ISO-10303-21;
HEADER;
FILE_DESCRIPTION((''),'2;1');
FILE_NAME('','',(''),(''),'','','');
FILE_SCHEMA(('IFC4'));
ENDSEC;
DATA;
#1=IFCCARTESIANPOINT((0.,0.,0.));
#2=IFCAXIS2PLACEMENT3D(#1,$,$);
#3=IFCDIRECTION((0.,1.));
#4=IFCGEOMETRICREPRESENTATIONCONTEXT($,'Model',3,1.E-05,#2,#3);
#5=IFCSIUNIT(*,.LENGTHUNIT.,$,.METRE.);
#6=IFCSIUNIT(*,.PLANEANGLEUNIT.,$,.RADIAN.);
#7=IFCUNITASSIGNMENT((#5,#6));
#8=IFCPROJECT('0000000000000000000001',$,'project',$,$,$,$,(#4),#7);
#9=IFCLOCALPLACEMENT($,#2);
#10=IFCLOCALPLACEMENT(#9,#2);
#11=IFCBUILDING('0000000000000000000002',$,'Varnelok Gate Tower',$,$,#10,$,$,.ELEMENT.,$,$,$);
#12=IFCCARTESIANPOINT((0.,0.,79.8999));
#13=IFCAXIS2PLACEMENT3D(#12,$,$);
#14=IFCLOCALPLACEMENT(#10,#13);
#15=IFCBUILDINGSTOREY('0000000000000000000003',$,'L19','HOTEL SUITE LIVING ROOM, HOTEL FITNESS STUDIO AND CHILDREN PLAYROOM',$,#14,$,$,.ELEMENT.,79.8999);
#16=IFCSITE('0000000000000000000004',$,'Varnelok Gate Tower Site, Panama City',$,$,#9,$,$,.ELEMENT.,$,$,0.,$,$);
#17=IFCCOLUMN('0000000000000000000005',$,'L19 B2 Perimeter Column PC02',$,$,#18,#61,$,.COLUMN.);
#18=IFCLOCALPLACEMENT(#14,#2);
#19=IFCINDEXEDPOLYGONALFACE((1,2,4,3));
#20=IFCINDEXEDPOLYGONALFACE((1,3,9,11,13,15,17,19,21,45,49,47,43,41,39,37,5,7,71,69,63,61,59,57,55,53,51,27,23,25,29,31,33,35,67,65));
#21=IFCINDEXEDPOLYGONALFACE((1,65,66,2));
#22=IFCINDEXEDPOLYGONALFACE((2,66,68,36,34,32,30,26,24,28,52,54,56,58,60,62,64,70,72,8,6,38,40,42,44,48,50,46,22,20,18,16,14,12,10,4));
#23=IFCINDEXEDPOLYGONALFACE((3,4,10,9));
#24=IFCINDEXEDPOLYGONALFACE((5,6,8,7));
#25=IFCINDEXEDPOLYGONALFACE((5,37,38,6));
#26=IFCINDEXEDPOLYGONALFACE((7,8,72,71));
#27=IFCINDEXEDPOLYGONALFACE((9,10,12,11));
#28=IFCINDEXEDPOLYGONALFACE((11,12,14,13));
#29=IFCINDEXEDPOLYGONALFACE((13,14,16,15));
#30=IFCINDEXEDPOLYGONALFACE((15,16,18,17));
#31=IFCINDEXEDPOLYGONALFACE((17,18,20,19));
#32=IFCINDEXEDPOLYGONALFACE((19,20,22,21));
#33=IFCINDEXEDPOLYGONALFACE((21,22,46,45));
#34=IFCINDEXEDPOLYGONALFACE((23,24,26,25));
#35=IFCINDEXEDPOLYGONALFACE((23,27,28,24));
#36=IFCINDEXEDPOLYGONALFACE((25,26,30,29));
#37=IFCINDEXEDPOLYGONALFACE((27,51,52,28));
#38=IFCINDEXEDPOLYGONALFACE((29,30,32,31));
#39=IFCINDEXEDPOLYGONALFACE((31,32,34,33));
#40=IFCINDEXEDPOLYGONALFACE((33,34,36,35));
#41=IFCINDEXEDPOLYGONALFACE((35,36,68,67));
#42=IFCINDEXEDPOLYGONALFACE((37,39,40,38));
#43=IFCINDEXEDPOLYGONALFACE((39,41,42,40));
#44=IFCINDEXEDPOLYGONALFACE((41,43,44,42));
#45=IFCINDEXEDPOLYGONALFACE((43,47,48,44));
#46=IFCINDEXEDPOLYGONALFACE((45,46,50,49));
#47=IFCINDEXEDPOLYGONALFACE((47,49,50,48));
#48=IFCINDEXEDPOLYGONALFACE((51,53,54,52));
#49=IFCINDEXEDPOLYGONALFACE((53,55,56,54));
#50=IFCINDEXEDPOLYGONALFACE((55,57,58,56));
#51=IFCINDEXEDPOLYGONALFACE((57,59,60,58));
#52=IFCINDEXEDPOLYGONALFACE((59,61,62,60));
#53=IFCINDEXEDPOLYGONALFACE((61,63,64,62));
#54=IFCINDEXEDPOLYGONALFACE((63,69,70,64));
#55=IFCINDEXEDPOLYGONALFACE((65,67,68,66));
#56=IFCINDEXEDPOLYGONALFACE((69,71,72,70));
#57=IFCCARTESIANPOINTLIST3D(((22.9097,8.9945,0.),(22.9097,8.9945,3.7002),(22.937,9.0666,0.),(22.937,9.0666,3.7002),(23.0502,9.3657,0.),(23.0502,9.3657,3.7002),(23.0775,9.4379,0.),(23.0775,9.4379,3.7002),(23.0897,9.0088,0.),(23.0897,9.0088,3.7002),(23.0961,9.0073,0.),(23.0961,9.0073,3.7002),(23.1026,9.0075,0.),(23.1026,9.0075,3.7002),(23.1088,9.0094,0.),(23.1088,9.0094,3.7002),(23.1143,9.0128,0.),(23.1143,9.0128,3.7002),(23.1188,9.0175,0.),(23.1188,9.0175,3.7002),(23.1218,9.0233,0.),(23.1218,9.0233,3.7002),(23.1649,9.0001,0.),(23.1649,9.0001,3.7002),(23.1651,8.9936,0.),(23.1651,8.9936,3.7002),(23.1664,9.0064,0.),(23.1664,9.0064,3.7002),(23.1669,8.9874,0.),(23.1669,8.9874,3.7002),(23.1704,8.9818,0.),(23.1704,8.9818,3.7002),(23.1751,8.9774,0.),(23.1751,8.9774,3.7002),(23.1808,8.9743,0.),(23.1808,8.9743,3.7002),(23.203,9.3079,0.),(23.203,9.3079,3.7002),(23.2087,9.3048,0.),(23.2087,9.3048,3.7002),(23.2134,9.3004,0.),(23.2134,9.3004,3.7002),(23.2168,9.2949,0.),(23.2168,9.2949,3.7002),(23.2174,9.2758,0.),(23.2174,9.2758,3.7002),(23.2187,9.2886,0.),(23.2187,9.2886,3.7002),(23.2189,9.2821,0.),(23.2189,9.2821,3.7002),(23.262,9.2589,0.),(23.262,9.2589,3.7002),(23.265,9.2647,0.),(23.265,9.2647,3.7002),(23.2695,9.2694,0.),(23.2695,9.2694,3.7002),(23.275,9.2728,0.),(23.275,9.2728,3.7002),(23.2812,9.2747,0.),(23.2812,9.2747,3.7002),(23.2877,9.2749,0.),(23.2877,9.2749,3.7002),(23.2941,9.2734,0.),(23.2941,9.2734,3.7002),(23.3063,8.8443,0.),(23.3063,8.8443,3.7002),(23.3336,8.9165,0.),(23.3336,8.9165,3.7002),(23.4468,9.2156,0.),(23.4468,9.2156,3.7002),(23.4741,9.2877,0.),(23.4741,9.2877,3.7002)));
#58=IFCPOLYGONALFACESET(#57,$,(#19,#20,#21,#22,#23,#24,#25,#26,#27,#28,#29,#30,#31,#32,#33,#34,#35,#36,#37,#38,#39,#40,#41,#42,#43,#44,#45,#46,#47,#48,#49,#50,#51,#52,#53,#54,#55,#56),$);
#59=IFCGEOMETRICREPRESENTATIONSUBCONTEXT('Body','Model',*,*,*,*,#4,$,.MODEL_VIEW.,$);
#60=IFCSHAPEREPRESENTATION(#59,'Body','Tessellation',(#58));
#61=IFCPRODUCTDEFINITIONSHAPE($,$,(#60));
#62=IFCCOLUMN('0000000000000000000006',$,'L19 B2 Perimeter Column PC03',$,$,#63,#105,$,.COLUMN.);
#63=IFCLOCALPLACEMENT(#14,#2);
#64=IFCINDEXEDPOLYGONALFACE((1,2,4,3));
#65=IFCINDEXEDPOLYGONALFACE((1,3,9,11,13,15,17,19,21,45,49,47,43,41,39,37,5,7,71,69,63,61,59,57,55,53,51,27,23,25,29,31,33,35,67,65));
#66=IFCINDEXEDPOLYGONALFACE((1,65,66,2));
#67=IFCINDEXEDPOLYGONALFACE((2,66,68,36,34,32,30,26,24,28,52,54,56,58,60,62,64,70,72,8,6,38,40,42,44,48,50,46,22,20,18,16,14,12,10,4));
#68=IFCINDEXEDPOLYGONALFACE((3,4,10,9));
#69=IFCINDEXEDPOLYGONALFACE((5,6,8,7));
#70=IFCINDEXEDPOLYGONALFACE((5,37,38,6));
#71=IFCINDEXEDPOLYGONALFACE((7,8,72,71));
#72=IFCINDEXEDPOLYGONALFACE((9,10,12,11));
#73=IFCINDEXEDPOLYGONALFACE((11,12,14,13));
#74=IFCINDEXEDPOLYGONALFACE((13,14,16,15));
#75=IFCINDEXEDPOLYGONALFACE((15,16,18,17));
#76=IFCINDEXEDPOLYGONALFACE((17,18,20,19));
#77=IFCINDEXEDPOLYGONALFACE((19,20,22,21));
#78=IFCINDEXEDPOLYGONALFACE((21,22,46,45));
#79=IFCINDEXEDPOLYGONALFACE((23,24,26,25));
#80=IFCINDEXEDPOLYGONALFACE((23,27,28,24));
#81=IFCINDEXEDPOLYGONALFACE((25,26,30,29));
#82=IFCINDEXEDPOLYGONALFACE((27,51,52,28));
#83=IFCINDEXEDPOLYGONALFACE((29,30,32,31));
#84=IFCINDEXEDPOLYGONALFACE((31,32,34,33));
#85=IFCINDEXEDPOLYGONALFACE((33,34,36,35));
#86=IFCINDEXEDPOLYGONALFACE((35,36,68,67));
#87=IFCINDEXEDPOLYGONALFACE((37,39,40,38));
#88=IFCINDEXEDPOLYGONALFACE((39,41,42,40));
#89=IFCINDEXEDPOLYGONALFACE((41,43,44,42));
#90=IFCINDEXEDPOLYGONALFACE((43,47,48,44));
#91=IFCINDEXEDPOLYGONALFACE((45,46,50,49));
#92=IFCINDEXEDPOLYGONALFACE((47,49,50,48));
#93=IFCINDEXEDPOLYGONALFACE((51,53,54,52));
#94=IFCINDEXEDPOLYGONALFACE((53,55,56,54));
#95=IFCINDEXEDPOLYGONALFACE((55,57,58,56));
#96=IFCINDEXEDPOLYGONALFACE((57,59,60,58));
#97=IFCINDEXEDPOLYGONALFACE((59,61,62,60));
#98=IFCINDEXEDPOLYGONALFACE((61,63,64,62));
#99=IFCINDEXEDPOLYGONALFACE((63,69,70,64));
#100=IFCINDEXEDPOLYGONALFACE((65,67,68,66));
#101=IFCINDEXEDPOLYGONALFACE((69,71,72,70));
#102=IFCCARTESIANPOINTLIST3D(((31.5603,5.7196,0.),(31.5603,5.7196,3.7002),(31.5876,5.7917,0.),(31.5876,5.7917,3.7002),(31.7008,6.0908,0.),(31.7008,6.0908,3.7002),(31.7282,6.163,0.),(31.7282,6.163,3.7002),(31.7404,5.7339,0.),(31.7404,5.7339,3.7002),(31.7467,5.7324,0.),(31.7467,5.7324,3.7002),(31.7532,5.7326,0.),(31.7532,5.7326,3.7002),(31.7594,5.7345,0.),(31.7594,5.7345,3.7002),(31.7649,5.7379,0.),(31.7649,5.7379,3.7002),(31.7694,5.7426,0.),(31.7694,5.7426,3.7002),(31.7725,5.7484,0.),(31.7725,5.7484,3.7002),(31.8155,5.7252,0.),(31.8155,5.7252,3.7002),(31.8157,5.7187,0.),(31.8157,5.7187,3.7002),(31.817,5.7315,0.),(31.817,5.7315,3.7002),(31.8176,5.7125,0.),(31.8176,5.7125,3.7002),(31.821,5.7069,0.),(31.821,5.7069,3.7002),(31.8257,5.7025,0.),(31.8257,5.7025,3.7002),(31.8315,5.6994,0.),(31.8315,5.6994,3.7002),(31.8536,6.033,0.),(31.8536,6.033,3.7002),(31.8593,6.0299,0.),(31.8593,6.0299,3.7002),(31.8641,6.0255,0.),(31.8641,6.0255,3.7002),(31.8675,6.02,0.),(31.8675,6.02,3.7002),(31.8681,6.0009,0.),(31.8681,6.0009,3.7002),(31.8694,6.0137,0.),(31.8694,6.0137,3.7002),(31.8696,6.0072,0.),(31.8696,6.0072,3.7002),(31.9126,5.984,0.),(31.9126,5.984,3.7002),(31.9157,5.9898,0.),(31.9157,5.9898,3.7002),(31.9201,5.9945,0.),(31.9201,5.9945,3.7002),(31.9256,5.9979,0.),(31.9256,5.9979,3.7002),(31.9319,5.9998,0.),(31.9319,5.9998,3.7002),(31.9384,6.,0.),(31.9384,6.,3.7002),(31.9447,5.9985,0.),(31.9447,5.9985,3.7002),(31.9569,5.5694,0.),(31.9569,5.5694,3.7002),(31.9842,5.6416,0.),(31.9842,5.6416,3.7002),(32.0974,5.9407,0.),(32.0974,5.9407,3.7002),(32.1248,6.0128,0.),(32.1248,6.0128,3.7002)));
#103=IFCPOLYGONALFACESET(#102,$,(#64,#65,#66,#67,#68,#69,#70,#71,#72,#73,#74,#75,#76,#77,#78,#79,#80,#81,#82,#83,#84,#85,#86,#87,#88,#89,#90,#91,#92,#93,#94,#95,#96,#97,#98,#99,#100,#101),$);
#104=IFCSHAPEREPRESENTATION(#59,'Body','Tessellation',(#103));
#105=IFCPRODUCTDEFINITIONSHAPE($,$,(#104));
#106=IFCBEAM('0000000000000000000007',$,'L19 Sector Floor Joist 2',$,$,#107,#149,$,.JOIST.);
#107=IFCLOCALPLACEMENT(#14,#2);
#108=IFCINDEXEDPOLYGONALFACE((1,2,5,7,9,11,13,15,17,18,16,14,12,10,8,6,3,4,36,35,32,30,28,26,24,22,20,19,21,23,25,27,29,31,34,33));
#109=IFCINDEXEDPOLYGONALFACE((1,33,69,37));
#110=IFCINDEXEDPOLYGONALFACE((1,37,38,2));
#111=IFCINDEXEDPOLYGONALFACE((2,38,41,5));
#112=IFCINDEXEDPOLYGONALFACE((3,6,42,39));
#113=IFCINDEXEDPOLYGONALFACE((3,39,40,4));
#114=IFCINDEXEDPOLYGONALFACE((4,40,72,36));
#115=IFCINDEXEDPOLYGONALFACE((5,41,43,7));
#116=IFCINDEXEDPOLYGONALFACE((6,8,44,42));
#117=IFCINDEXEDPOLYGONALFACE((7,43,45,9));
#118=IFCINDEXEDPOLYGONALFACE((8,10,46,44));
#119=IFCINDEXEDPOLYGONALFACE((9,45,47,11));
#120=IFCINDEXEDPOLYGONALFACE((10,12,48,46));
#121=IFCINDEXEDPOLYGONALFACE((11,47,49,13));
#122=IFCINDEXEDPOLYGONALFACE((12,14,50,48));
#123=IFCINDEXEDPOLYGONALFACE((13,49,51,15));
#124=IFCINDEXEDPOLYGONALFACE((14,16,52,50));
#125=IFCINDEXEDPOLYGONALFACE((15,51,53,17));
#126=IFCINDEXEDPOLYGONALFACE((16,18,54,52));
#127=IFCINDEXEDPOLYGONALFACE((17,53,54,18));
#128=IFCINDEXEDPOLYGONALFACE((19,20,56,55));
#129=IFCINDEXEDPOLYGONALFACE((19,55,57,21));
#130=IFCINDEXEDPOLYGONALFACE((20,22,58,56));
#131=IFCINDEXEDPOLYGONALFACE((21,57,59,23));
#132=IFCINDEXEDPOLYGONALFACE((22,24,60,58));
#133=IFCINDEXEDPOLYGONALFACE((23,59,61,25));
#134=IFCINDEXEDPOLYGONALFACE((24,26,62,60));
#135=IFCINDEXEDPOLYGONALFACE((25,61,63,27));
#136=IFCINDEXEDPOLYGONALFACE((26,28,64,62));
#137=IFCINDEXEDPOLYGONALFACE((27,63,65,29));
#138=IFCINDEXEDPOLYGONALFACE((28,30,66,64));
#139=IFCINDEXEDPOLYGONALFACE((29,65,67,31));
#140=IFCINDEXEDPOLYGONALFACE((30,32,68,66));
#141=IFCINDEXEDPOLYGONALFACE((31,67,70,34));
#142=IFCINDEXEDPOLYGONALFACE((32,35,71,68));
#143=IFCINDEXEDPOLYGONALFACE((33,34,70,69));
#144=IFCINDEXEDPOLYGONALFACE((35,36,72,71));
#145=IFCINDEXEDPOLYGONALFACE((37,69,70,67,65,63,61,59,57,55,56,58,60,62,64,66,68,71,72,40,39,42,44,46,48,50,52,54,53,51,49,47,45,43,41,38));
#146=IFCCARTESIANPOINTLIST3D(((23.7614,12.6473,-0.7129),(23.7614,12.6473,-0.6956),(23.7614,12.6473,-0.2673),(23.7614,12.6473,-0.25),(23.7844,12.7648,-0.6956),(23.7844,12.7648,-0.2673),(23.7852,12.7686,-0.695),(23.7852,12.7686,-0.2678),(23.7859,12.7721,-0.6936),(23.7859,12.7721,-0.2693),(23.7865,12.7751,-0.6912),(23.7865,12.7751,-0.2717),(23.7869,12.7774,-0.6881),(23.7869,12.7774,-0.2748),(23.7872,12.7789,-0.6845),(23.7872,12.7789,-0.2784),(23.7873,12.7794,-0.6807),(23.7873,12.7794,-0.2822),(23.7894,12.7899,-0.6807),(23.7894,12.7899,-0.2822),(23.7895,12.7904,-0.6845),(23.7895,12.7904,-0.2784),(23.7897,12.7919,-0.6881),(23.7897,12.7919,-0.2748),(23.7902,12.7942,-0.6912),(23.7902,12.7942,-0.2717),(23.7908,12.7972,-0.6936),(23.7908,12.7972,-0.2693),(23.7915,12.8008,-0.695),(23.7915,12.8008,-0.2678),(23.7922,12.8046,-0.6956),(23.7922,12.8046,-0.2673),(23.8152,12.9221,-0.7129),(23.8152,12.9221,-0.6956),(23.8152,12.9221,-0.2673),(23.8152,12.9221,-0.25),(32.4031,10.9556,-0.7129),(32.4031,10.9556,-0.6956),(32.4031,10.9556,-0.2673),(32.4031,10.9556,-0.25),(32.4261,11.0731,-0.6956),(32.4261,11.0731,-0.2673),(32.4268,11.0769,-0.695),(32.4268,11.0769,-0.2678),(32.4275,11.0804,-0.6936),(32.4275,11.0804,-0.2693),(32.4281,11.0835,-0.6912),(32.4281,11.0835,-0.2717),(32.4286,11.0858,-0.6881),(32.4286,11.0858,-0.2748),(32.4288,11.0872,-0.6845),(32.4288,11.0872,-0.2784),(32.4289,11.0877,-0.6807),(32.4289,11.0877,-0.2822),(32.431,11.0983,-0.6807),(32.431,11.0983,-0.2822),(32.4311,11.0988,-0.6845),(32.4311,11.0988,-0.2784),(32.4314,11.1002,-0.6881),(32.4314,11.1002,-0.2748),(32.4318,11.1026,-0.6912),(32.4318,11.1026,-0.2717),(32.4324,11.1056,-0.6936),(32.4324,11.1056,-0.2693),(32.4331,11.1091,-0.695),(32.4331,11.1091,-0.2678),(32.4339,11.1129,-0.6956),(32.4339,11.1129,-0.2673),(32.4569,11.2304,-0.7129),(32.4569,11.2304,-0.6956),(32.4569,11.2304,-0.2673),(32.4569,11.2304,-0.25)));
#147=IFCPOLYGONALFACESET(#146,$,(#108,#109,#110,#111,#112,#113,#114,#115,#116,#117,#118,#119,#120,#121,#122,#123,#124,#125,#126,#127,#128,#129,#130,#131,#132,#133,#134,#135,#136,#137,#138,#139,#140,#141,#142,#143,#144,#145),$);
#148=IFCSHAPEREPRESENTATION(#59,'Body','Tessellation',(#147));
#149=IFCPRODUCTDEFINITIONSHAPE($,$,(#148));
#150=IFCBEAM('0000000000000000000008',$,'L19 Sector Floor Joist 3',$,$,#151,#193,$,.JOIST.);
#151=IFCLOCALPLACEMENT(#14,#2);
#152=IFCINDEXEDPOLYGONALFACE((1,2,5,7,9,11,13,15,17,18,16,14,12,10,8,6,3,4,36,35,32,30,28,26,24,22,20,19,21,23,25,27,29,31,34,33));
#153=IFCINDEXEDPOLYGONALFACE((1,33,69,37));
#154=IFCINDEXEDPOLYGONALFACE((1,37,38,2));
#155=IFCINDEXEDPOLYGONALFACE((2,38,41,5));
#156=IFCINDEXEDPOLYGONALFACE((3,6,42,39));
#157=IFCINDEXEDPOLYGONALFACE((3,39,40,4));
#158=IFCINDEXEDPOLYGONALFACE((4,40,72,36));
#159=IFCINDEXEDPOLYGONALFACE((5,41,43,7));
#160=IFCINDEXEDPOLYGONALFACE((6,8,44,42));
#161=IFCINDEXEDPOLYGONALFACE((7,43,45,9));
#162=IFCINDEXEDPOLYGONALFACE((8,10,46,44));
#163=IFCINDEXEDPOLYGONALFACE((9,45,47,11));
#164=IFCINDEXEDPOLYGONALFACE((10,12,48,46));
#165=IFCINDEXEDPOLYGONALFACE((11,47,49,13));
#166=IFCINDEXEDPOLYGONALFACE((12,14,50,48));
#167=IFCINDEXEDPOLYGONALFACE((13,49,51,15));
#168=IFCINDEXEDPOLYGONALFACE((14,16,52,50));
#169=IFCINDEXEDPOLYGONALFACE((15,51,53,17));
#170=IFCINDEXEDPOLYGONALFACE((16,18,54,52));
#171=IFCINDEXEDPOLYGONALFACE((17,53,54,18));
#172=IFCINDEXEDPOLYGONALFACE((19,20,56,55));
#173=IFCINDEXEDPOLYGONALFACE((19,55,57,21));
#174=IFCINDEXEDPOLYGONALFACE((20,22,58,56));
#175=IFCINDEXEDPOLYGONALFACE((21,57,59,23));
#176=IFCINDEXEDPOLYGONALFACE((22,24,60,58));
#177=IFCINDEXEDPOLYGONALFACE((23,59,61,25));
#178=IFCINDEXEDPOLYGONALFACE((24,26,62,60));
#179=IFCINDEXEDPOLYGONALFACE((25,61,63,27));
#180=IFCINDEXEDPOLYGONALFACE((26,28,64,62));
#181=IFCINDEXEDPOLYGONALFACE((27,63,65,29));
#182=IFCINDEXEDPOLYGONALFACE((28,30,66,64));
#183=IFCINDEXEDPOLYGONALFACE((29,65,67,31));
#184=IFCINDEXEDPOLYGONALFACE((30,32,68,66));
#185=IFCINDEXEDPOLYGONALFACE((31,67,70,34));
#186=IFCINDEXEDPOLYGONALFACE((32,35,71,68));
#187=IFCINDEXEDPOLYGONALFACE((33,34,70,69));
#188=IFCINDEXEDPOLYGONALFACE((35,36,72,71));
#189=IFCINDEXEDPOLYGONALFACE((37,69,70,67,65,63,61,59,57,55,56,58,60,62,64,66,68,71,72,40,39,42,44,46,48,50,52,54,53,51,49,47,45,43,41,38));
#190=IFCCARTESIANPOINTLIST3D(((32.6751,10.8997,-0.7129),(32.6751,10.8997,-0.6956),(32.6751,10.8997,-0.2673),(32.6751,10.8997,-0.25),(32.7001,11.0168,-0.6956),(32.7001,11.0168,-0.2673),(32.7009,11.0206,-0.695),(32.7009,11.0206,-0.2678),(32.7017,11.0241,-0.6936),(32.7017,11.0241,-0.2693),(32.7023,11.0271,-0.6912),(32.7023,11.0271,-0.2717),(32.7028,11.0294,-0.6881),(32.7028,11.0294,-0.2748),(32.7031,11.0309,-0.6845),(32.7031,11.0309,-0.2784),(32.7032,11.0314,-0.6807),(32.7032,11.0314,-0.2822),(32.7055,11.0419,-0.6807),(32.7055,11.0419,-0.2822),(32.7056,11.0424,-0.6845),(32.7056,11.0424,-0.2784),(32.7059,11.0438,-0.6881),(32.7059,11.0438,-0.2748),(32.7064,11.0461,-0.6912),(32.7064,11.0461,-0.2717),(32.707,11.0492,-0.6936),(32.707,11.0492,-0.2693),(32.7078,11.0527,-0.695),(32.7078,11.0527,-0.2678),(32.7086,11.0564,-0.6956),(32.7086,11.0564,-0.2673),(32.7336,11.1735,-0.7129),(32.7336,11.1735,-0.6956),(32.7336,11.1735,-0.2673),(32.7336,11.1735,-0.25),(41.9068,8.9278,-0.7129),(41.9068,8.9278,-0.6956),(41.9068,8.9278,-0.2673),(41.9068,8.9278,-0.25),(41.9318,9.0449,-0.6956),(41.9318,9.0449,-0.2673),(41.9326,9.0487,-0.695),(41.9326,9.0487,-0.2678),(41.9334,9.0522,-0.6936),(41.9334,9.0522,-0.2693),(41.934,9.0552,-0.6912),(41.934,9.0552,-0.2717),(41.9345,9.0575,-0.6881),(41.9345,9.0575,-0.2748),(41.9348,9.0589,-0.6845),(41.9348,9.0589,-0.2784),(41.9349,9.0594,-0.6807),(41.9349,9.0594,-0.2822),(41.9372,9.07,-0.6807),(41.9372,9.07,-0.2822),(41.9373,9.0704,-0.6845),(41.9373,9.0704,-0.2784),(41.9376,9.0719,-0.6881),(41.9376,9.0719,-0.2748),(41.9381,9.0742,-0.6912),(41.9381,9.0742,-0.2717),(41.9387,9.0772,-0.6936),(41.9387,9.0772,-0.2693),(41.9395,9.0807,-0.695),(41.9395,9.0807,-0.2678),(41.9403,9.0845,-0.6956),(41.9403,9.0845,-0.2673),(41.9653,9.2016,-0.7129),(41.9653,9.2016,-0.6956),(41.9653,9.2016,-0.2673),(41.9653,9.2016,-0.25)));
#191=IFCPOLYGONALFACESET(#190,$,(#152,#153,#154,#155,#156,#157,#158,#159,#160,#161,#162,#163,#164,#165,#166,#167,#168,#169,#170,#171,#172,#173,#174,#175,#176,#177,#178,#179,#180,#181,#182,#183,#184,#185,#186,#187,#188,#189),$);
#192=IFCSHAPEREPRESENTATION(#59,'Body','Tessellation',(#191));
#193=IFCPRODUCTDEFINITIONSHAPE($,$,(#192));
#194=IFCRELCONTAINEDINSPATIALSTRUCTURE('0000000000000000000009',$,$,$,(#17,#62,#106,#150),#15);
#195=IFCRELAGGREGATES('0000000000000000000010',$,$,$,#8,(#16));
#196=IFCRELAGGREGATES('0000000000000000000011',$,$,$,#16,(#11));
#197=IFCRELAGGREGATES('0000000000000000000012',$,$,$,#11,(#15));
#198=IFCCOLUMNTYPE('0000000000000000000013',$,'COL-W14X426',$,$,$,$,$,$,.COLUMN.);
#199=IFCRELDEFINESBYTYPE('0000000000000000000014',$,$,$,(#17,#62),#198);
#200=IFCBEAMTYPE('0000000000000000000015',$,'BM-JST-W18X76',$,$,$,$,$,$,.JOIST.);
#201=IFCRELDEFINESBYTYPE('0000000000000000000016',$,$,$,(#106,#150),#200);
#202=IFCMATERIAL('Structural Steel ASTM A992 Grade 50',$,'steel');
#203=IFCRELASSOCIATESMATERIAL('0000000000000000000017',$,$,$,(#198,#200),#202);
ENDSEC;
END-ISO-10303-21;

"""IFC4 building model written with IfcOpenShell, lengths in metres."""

from ifc_helpers import new_model, si_unit, direction, frame, origin, origin_2d, place, context, subcontext, project, spatial, i_section, extrude, material, material_profile, profile_set, type_object, element, save


model = new_model("IFC4")

# Units and contexts
model_context = context("Model", 3, precision=1e-05, world=origin(), true_north=direction((0.0, 1.0)))
body_context = subcontext(model_context, "Body", "Model", "MODEL_VIEW")
ifc_project = project(units=[si_unit("LENGTHUNIT", "METRE"), si_unit("PLANEANGLEUNIT", "RADIAN")], contexts=[model_context])

# Site, building, storey
site_placement = place(None, origin())
site = spatial("IfcSite", under=ifc_project, at=site_placement, Name="Varnelok Gate Tower Site, Panama City", CompositionType="ELEMENT", RefElevation=0.0)
building_placement = place(site_placement, origin())
building = spatial("IfcBuilding", under=site, at=building_placement, Name="Varnelok Gate Tower", CompositionType="ELEMENT")
storey_placement = place(building_placement, frame((0.0, 0.0, 79.8999)))
storey = spatial("IfcBuildingStorey", under=building, at=storey_placement, Name="L19", Description="HOTEL SUITE LIVING ROOM, HOTEL FITNESS STUDIO AND CHILDREN PLAYROOM", CompositionType="ELEMENT", Elevation=79.8999)

# Columns
ifc_material_1 = material(Name="Structural Steel ASTM A992 Grade 50", Category="steel")
ifc_material_profile_1 = material_profile(ifc_material_1, i_section(OverallWidth=0.4241, OverallDepth=0.4741, WebThickness=0.0476, FlangeThickness=0.0771, FilletRadius=0.0249, at=origin_2d()), Name="W14X426")
ifc_profile_set_1 = profile_set([ifc_material_profile_1], Name="Structural Steel ASTM A992 Grade 50")
column_type = type_object("IfcColumnType", Name="COL-W14X426", PredefinedType="COLUMN", material=ifc_profile_set_1)
for number, where, z_axis, x_axis, name in (
    (1, (23.1919, 9.1411, 0.0), (0.0, 0.0, 1.0), (0.935222, -0.354063, 0.0), "L19 B2 Perimeter Column PC02"),
    (2, (31.8425, 5.8662, 0.0), (0.0, 0.0, 1.0), (0.935222, -0.354063, 0.0), "L19 B2 Perimeter Column PC03"),
):
    element("IfcColumn", number, at=place(storey_placement, frame(where, z_axis=z_axis, x_axis=x_axis)), inside=storey, type_object=column_type, Name=name, PredefinedType="COLUMN", context=body_context, shape_type="SweptSolid", body=[
        extrude(i_section(OverallWidth=0.4241, OverallDepth=0.4741, WebThickness=0.0476, FlangeThickness=0.0771, FilletRadius=0.0249, at=origin_2d()), origin(), (0.0, 0.0, 1.0), 3.7002),
    ])

# Beams
ifc_material_profile_2 = material_profile(ifc_material_1, i_section(OverallWidth=0.28, OverallDepth=0.4629, WebThickness=0.0107, FlangeThickness=0.0173, FilletRadius=0.0149, at=origin_2d()), Name="W18X76")
ifc_profile_set_2 = profile_set([ifc_material_profile_2], Name="Structural Steel ASTM A992 Grade 50")
beam_type_1 = type_object("IfcBeamType", Name="BM-JST-W18X76", PredefinedType="JOIST", material=ifc_profile_set_2)
beam_1_placement = place(storey_placement, frame((23.7883, 12.7847, -0.4814), z_axis=(0.981373, -0.19211, 0.0), x_axis=(0.19211, 0.981373, 0.0)))
element("IfcBeam", 3, at=beam_1_placement, inside=storey, type_object=beam_type_1, Name="L19 Sector Floor Joist 2", PredefinedType="JOIST", context=body_context, shape_type="SweptSolid", body=[
    extrude(i_section(OverallWidth=0.28, OverallDepth=0.4629, WebThickness=0.0107, FlangeThickness=0.0173, FilletRadius=0.0149, at=origin_2d()), origin(), (0.0, 0.0, 1.0), 8.8057),
])
beam_2_placement = place(storey_placement, frame((32.7043, 11.0366, -0.4814), z_axis=(0.977939, -0.208891, 0.0), x_axis=(0.208891, 0.977939, 0.0)))
element("IfcBeam", 4, at=beam_2_placement, inside=storey, type_object=beam_type_1, Name="L19 Sector Floor Joist 3", PredefinedType="JOIST", context=body_context, shape_type="SweptSolid", body=[
    extrude(i_section(OverallWidth=0.28, OverallDepth=0.4629, WebThickness=0.0107, FlangeThickness=0.0173, FilletRadius=0.0149, at=origin_2d()), origin(), (0.0, 0.0, 1.0), 9.4399),
])

save(model, "model.ifc")
